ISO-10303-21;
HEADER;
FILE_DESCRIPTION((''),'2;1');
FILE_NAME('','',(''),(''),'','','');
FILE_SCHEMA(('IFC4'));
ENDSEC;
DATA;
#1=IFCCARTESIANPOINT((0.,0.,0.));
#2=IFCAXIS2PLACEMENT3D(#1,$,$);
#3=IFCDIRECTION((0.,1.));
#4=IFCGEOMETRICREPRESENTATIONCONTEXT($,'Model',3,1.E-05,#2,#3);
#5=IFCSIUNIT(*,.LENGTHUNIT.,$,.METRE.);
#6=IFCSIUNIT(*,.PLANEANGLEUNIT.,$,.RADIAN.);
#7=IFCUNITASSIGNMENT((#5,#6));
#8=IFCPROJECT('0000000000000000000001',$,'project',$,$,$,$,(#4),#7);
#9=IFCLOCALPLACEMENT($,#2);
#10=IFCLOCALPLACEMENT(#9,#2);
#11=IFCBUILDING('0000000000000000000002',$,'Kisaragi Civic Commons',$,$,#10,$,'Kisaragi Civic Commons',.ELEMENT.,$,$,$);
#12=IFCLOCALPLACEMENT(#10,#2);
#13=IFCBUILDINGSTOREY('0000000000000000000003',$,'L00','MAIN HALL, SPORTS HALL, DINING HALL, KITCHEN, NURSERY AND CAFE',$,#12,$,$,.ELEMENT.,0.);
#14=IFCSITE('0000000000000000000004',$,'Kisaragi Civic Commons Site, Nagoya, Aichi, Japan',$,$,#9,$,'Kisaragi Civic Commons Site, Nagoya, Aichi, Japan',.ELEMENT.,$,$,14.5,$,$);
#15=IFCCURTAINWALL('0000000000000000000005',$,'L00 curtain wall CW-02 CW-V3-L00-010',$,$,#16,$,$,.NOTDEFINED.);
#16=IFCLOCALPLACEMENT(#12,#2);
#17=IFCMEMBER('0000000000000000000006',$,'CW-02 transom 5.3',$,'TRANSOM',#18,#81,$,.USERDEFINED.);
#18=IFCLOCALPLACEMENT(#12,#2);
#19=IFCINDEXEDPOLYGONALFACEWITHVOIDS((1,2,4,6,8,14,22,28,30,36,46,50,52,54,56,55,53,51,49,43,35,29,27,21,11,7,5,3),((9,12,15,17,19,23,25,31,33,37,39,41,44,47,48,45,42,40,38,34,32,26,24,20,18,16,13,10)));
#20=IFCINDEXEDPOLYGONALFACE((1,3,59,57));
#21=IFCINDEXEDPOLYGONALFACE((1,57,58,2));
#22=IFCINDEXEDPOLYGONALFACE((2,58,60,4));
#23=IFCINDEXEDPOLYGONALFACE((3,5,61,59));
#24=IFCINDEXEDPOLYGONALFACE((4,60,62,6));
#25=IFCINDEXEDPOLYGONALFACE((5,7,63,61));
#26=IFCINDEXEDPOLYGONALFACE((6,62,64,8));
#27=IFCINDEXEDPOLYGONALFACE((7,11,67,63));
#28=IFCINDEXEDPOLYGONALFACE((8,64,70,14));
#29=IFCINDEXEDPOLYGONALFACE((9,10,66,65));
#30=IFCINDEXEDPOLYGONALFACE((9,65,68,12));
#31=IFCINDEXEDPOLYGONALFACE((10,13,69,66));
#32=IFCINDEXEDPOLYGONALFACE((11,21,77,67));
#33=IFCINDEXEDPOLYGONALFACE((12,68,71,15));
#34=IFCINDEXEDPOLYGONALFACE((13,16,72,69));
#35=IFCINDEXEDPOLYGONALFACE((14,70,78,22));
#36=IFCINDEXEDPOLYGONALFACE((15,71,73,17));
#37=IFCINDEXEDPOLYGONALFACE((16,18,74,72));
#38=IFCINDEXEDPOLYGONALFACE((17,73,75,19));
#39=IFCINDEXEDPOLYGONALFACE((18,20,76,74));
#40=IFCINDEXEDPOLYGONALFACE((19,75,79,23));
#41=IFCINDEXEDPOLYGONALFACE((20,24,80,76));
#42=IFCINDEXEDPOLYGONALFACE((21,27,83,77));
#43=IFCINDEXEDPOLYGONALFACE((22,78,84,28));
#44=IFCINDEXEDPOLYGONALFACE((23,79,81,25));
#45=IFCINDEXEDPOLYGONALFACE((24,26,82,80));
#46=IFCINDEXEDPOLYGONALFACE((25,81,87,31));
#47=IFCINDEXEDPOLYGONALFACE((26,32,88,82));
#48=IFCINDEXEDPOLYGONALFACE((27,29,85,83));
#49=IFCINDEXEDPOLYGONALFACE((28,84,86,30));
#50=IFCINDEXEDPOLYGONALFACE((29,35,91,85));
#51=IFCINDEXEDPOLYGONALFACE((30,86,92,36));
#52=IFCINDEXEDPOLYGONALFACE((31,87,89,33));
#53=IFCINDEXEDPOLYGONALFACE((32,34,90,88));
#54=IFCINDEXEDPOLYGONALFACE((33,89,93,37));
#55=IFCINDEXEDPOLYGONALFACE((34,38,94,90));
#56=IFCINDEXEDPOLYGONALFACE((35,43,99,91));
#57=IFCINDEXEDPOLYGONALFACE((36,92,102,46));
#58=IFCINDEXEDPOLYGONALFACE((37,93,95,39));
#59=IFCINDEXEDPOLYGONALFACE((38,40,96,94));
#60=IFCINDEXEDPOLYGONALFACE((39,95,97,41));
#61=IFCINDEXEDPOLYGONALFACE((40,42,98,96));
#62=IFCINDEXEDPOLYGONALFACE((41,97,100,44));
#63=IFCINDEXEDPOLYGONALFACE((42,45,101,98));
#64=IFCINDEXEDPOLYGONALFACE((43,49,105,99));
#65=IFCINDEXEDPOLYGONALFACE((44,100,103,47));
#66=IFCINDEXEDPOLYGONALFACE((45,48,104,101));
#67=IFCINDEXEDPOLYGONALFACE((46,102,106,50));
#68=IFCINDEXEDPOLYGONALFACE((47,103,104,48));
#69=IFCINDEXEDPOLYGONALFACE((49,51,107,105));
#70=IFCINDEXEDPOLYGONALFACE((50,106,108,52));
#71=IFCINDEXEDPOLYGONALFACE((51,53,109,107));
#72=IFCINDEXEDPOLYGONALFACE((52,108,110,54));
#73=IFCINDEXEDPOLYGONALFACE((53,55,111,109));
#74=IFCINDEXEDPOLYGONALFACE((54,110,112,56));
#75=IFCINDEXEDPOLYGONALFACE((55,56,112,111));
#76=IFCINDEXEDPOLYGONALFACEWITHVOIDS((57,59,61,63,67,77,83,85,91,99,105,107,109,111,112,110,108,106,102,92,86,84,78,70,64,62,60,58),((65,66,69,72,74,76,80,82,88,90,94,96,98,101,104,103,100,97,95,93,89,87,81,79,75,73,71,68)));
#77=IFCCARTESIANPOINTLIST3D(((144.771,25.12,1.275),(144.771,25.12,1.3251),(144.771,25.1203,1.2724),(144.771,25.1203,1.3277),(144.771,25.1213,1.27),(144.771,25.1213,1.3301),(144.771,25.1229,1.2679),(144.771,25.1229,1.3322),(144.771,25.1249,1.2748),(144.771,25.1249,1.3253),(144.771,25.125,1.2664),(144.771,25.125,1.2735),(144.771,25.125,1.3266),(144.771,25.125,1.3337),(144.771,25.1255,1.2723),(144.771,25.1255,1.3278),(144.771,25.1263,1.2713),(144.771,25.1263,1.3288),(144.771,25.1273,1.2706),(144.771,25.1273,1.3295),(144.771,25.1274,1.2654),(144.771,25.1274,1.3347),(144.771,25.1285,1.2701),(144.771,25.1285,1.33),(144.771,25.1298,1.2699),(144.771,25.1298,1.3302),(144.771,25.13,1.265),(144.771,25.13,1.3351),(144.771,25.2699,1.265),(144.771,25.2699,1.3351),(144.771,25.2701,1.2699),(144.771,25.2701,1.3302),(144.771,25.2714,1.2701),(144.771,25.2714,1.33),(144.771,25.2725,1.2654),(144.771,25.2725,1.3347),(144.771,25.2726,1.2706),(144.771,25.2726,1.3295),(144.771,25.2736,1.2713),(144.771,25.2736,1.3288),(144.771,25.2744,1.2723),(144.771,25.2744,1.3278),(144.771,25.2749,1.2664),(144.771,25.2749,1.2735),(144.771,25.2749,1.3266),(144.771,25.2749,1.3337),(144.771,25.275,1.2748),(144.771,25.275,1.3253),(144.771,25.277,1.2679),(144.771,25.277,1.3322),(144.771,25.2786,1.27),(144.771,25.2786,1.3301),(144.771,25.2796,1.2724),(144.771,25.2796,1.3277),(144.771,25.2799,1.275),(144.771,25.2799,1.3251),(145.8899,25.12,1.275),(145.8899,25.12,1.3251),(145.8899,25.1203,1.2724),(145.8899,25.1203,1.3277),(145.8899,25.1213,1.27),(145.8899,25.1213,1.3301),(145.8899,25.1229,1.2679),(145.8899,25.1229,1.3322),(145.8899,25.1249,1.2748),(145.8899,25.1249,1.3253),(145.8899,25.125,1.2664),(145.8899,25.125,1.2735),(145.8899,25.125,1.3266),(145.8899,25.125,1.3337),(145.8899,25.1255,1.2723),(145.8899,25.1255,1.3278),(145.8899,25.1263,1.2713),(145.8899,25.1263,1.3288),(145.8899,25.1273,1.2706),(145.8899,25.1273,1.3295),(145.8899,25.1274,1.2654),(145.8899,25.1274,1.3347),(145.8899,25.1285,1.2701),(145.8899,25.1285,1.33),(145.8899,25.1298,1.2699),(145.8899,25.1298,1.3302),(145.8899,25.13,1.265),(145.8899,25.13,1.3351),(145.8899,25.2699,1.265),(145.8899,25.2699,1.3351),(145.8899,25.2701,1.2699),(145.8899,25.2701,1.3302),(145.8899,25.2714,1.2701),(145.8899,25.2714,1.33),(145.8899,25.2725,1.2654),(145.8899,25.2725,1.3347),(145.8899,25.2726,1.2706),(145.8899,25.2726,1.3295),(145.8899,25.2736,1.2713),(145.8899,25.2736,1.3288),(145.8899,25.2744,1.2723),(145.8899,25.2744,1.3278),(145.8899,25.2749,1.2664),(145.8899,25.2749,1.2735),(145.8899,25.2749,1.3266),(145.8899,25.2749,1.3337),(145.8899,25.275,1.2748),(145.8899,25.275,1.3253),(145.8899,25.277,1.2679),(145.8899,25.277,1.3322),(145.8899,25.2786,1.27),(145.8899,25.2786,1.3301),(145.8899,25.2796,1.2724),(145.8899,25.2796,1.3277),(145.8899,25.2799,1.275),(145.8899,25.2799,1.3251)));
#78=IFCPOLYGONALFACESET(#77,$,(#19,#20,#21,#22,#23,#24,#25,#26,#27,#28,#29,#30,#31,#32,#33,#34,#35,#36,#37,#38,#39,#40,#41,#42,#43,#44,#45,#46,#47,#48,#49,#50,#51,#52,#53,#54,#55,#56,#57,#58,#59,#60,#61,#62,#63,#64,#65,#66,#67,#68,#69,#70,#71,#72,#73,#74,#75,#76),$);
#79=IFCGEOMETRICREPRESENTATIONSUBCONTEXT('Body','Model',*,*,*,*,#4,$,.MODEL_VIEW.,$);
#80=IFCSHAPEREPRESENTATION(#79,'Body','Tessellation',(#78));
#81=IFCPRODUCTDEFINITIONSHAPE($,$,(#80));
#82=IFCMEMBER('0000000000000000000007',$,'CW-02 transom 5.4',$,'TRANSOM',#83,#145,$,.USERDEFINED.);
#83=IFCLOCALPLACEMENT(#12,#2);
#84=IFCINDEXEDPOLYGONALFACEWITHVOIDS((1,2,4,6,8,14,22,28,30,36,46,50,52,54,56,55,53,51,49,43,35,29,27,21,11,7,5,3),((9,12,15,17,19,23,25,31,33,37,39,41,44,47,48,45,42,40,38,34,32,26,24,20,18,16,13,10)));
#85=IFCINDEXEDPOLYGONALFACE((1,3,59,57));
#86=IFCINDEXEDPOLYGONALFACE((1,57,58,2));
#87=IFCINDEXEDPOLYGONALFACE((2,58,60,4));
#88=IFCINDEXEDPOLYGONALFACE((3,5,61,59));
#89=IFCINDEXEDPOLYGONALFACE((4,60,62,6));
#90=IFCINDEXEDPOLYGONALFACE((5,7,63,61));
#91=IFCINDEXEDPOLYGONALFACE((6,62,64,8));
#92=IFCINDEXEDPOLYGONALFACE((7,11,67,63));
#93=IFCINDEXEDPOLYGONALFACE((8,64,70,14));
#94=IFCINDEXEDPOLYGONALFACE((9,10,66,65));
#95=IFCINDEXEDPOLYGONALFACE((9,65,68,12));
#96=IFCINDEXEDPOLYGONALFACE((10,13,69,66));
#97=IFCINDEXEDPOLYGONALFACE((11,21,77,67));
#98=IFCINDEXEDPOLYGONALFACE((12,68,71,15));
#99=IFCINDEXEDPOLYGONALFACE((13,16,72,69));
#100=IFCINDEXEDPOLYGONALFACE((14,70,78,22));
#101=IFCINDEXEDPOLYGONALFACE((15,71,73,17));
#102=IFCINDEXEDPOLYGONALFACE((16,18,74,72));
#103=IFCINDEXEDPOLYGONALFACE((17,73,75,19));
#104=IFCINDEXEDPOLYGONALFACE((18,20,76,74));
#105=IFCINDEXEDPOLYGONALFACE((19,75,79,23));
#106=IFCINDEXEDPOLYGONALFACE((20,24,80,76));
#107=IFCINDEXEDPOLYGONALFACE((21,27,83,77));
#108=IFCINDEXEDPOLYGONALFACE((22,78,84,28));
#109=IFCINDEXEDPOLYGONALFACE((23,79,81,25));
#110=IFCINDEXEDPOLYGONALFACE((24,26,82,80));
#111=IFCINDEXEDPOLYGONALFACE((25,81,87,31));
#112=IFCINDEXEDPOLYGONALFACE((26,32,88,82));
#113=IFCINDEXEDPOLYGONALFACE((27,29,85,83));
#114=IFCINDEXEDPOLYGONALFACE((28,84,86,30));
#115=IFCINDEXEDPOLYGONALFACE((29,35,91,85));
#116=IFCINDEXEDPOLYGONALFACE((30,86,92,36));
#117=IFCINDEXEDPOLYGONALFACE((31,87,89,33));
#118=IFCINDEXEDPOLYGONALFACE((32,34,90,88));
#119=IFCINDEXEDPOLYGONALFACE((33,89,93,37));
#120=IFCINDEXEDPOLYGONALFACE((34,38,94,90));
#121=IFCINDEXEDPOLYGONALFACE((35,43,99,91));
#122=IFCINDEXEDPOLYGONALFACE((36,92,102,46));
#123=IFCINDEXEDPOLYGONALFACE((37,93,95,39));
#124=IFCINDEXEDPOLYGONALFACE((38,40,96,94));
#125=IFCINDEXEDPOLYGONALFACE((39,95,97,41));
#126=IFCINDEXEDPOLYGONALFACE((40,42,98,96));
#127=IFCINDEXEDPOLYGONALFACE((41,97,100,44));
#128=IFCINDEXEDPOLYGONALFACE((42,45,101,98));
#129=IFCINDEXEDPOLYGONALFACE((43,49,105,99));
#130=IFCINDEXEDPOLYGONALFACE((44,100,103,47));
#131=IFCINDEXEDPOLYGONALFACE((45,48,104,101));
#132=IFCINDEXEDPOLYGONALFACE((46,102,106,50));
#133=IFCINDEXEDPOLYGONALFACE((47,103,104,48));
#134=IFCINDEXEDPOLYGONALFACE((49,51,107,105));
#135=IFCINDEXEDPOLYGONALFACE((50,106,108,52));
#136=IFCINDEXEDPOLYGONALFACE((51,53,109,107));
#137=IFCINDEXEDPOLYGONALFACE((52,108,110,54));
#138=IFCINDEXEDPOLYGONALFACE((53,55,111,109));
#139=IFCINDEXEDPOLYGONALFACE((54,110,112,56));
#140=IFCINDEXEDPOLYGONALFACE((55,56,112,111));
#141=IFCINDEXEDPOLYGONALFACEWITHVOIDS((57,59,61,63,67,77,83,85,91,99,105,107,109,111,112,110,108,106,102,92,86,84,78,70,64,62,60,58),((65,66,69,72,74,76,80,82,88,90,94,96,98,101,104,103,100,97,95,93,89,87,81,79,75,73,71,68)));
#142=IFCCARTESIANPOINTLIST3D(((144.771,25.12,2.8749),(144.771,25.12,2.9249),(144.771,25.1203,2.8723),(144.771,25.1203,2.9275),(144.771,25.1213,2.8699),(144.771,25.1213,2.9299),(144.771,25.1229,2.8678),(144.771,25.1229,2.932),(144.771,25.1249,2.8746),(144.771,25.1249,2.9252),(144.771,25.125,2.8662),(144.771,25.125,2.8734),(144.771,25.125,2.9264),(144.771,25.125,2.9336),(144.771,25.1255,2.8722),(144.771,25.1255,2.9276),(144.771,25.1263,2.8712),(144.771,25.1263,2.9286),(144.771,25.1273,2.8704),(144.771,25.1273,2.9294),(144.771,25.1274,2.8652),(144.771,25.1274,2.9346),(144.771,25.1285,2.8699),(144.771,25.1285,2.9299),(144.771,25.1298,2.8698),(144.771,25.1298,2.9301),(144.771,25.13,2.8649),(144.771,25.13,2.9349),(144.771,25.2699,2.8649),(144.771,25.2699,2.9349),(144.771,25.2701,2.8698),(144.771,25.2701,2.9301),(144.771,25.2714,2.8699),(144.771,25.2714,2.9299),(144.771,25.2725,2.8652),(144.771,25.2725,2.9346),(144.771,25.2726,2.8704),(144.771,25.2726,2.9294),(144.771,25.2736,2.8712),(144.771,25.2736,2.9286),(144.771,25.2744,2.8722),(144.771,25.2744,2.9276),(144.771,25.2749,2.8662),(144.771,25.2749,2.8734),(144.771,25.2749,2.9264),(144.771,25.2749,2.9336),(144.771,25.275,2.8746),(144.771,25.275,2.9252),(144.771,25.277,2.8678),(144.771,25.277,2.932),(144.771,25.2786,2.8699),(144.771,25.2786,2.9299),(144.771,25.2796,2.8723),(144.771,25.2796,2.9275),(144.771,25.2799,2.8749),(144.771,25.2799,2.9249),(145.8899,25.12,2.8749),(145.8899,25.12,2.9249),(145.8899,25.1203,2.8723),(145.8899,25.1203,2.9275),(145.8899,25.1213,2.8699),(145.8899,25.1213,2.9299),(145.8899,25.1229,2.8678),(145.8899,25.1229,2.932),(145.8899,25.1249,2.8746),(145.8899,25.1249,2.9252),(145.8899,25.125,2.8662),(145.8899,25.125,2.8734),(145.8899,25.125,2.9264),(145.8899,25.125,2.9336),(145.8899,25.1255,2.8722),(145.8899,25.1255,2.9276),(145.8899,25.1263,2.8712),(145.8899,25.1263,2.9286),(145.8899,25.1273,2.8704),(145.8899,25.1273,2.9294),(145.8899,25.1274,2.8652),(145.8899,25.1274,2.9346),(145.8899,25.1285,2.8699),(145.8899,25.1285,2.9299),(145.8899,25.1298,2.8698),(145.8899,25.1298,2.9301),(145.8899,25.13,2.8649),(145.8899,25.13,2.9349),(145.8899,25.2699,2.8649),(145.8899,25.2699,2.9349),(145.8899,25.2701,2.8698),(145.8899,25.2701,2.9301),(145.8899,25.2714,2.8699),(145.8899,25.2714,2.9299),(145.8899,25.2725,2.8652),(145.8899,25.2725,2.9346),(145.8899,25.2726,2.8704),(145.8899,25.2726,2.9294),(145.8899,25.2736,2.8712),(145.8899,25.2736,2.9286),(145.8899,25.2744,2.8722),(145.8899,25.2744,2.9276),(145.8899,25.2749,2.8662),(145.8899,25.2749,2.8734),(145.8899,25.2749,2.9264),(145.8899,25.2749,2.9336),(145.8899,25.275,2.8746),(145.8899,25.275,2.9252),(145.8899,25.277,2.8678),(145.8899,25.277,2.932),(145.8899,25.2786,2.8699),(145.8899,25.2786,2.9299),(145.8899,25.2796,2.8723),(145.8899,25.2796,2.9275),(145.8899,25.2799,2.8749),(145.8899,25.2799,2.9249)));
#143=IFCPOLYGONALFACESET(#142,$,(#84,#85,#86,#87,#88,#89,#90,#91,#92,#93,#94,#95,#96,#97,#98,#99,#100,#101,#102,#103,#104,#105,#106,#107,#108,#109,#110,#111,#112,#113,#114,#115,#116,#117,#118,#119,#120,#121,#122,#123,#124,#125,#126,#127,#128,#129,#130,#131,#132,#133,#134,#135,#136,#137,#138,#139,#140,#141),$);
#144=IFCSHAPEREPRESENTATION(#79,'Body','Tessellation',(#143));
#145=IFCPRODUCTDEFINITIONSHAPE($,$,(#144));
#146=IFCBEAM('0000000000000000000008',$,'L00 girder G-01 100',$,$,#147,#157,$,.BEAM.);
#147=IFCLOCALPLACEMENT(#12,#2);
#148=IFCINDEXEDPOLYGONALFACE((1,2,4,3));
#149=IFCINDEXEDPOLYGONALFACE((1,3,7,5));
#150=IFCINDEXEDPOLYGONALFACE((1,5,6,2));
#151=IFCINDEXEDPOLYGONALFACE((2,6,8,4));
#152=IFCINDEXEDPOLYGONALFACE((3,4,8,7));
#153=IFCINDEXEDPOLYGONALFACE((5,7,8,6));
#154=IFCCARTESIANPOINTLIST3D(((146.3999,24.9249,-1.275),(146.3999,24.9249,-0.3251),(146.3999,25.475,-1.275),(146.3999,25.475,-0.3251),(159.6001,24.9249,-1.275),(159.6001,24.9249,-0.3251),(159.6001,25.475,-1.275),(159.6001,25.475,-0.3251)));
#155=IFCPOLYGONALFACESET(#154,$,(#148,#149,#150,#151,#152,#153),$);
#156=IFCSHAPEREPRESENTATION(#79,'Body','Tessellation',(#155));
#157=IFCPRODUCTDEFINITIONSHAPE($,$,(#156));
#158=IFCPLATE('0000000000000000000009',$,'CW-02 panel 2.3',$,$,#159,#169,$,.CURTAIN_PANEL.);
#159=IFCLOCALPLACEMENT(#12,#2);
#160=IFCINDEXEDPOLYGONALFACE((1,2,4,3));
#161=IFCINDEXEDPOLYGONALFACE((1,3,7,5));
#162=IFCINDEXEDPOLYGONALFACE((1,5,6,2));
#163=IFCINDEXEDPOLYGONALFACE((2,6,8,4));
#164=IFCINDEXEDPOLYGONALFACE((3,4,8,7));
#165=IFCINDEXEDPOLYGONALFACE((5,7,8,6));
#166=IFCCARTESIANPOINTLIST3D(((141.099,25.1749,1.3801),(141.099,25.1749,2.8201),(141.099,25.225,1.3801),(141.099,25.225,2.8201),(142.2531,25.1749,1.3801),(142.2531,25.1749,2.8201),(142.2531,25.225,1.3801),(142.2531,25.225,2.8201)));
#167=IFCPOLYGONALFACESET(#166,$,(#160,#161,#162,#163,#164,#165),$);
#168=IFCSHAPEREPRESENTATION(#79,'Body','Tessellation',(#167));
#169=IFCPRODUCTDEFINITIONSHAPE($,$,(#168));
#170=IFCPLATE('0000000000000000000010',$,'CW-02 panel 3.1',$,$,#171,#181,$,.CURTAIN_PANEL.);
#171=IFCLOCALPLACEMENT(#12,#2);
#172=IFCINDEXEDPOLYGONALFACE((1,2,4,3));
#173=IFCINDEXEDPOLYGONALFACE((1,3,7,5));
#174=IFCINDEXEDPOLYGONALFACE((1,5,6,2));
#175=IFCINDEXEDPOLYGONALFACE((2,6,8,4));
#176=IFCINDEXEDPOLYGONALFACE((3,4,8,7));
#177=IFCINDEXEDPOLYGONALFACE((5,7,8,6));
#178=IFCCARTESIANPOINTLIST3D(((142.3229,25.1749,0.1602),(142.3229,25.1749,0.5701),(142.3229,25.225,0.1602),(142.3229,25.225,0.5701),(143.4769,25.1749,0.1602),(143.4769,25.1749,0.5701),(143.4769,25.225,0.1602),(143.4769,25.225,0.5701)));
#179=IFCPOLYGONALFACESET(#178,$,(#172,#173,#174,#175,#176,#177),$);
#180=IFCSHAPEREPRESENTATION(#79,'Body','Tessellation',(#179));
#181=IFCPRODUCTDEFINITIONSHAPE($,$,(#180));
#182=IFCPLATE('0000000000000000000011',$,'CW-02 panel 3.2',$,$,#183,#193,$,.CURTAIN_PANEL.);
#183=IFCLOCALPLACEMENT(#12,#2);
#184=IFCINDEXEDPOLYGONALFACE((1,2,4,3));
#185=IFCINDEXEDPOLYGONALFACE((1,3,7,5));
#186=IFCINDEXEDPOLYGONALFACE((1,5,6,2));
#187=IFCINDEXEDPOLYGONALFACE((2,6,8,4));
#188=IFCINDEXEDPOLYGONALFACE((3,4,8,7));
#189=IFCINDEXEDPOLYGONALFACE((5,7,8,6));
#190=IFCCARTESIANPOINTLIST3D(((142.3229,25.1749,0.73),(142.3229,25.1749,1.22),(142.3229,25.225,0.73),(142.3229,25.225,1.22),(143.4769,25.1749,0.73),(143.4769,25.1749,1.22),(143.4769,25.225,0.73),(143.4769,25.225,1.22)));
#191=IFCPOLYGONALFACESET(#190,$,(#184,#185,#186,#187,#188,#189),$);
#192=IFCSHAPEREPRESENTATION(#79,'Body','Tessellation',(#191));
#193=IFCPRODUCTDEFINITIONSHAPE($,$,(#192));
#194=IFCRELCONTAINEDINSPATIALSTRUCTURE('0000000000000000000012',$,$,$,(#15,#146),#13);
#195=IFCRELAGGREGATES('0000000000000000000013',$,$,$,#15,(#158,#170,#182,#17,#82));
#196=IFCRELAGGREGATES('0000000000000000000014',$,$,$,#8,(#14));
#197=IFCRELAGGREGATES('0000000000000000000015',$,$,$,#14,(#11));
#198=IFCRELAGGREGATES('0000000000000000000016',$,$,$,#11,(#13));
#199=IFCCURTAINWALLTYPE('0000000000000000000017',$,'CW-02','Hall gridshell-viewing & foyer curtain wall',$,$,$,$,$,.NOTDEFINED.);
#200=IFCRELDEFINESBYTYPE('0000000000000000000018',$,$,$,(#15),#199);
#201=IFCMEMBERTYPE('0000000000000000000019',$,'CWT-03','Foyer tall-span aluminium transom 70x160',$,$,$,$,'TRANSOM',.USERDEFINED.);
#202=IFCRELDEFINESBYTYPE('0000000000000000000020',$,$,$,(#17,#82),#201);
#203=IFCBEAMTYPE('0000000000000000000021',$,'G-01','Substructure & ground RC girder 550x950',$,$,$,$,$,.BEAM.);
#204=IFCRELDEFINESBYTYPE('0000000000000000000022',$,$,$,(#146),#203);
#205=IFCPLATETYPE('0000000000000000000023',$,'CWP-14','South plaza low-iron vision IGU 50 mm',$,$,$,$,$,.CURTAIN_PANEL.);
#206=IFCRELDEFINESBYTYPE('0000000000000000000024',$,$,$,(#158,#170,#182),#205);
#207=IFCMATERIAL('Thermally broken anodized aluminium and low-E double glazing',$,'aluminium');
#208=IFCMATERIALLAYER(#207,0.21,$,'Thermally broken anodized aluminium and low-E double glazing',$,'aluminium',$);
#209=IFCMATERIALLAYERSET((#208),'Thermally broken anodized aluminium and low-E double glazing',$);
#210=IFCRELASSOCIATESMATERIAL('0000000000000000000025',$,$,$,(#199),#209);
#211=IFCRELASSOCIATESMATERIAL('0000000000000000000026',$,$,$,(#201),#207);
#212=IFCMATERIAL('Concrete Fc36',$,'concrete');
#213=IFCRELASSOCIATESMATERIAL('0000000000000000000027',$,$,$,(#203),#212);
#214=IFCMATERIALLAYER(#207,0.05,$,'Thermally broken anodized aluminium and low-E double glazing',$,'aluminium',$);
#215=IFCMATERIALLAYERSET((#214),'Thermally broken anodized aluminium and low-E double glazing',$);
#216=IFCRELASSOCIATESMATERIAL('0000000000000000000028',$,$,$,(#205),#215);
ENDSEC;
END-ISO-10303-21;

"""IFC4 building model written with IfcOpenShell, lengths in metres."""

from ifc_helpers import new_model, si_unit, direction, frame, origin, origin_2d, place, context, subcontext, project, spatial, rectangle, hollow_rectangle, extrude, material, layer, layer_set, material_profile, profile_set, type_object, element, aggregate, save


model = new_model("IFC4")

# Units and contexts
model_context = context("Model", 3, precision=1e-05, world=origin(), true_north=direction((0.0, 1.0)))
body_context = subcontext(model_context, "Body", "Model", "MODEL_VIEW")
ifc_project = project(units=[si_unit("LENGTHUNIT", "METRE"), si_unit("PLANEANGLEUNIT", "RADIAN")], contexts=[model_context])

# Site, building, storey
site_placement = place(None, origin())
site = spatial("IfcSite", under=ifc_project, at=site_placement, Name="Kisaragi Civic Commons Site, Nagoya, Aichi, Japan", LongName="Kisaragi Civic Commons Site, Nagoya, Aichi, Japan", CompositionType="ELEMENT", RefElevation=14.5)
building_placement = place(site_placement, origin())
building = spatial("IfcBuilding", under=site, at=building_placement, Name="Kisaragi Civic Commons", LongName="Kisaragi Civic Commons", CompositionType="ELEMENT")
storey_placement = place(building_placement, origin())
storey = spatial("IfcBuildingStorey", under=building, at=storey_placement, Name="L00", Description="MAIN HALL, SPORTS HALL, DINING HALL, KITCHEN, NURSERY AND CAFE", CompositionType="ELEMENT", Elevation=0.0)

# Shared definitions
ifc_material_1 = material(Name="Concrete Fc36", Category="concrete")

# Curtain wall, members
ifc_material_2 = material(Name="Thermally broken anodized aluminium and low-E double glazing", Category="aluminium")
ifc_layer_1 = layer(ifc_material_2, 0.21, Name="Thermally broken anodized aluminium and low-E double glazing", Category="aluminium")
ifc_layer_set_1 = layer_set([ifc_layer_1], Name="Thermally broken anodized aluminium and low-E double glazing")
curtain_wall_type = type_object("IfcCurtainWallType", Name="CW-02", Description="Hall gridshell-viewing & foyer curtain wall", PredefinedType="NOTDEFINED", material=ifc_layer_set_1)
curtain_wall_placement = place(storey_placement, origin())
curtain_wall = element("IfcCurtainWall", 1, at=curtain_wall_placement, inside=storey, type_object=curtain_wall_type, Name="L00 curtain wall CW-02 CW-V3-L00-010", PredefinedType="NOTDEFINED")
ifc_material_profile_1 = material_profile(ifc_material_2, hollow_rectangle(XDim=0.1599, YDim=0.0701, WallThickness=0.0049, InnerFilletRadius=0.0049, OuterFilletRadius=0.01, at=origin_2d()), Name="CWT-70x160x5", Category="aluminium")
ifc_profile_set_1 = profile_set([ifc_material_profile_1], Name="Thermally broken anodized aluminium and low-E double glazing")
member_type_1 = type_object("IfcMemberType", Name="CWT-03", Description="Foyer tall-span aluminium transom 70x160", ElementType="TRANSOM", PredefinedType="USERDEFINED", material=ifc_profile_set_1)
member_1_placement = place(storey_placement, frame((144.771, 25.2, 1.3), z_axis=(1.0, 0.0, 0.0), x_axis=(0.0, 1.0, 0.0)))
member_1 = element("IfcMember", 2, at=member_1_placement, type_object=member_type_1, Name="CW-02 transom 5.3", ObjectType="TRANSOM", PredefinedType="USERDEFINED", context=body_context, shape_type="SweptSolid", body=[
    extrude(hollow_rectangle(XDim=0.1599, YDim=0.0701, WallThickness=0.0049, InnerFilletRadius=0.0049, OuterFilletRadius=0.01, at=origin_2d()), origin(), (0.0, 0.0, 1.0), 1.1189),
])
member_2_placement = place(storey_placement, frame((144.771, 25.2, 2.8999), z_axis=(1.0, 0.0, 0.0), x_axis=(0.0, 1.0, 0.0)))
member_2 = element("IfcMember", 3, at=member_2_placement, type_object=member_type_1, Name="CW-02 transom 5.4", ObjectType="TRANSOM", PredefinedType="USERDEFINED", context=body_context, shape_type="SweptSolid", body=[
    extrude(hollow_rectangle(XDim=0.1599, YDim=0.0701, WallThickness=0.0049, InnerFilletRadius=0.0049, OuterFilletRadius=0.01, at=origin_2d()), origin(), (0.0, 0.0, 1.0), 1.1189),
])

# Beam
ifc_material_profile_2 = material_profile(ifc_material_1, rectangle(XDim=0.55, YDim=0.95, at=origin_2d()), Name="RC-550x950", Category="concrete")
ifc_profile_set_2 = profile_set([ifc_material_profile_2], Name="Concrete Fc36")
beam_type = type_object("IfcBeamType", Name="G-01", Description="Substructure & ground RC girder 550x950", PredefinedType="BEAM", material=ifc_profile_set_2)
beam_placement = place(storey_placement, frame((146.3999, 25.2, -0.8), z_axis=(1.0, 0.0, 0.0), x_axis=(0.0, 1.0, 0.0)))
element("IfcBeam", 4, at=beam_placement, inside=storey, type_object=beam_type, Name="L00 girder G-01 100", PredefinedType="BEAM", context=body_context, shape_type="SweptSolid", body=[
    extrude(rectangle(XDim=0.55, YDim=0.95, at=origin_2d()), origin(), (0.0, 0.0, 1.0), 13.2002),
])

# Plates
ifc_layer_2 = layer(ifc_material_2, 0.05, Name="Thermally broken anodized aluminium and low-E double glazing", Category="aluminium")
ifc_layer_set_2 = layer_set([ifc_layer_2], Name="Thermally broken anodized aluminium and low-E double glazing")
plate_type = type_object("IfcPlateType", Name="CWP-14", Description="South plaza low-iron vision IGU 50 mm", PredefinedType="CURTAIN_PANEL", material=ifc_layer_set_2)
plate_1_placement = place(storey_placement, frame((141.676, 25.2, 1.3801), z_axis=(0.0, 0.0, 1.0), x_axis=(1.0, 0.0, 0.0)))
plate_1 = element("IfcPlate", 5, at=plate_1_placement, type_object=plate_type, Name="CW-02 panel 2.3", PredefinedType="CURTAIN_PANEL", context=body_context, shape_type="SweptSolid", body=[
    extrude(rectangle(XDim=1.1541, YDim=0.05, at=origin_2d()), origin(), (0.0, 0.0, 1.0), 1.4399),
])
plate_2_placement = place(storey_placement, frame((142.8999, 25.2, 0.1602), z_axis=(0.0, 0.0, 1.0), x_axis=(1.0, 0.0, 0.0)))
plate_2 = element("IfcPlate", 6, at=plate_2_placement, type_object=plate_type, Name="CW-02 panel 3.1", PredefinedType="CURTAIN_PANEL", context=body_context, shape_type="SweptSolid", body=[
    extrude(rectangle(XDim=1.1541, YDim=0.05, at=origin_2d()), origin(), (0.0, 0.0, 1.0), 0.4099),
])
plate_3_placement = place(storey_placement, frame((142.8999, 25.2, 0.73), z_axis=(0.0, 0.0, 1.0), x_axis=(1.0, 0.0, 0.0)))
plate_3 = element("IfcPlate", 7, at=plate_3_placement, type_object=plate_type, Name="CW-02 panel 3.2", PredefinedType="CURTAIN_PANEL", context=body_context, shape_type="SweptSolid", body=[
    extrude(rectangle(XDim=1.1541, YDim=0.05, at=origin_2d()), origin(), (0.0, 0.0, 1.0), 0.49),
])
aggregate(curtain_wall, [plate_1, plate_2, plate_3, member_1, member_2])

save(model, "model.ifc")
